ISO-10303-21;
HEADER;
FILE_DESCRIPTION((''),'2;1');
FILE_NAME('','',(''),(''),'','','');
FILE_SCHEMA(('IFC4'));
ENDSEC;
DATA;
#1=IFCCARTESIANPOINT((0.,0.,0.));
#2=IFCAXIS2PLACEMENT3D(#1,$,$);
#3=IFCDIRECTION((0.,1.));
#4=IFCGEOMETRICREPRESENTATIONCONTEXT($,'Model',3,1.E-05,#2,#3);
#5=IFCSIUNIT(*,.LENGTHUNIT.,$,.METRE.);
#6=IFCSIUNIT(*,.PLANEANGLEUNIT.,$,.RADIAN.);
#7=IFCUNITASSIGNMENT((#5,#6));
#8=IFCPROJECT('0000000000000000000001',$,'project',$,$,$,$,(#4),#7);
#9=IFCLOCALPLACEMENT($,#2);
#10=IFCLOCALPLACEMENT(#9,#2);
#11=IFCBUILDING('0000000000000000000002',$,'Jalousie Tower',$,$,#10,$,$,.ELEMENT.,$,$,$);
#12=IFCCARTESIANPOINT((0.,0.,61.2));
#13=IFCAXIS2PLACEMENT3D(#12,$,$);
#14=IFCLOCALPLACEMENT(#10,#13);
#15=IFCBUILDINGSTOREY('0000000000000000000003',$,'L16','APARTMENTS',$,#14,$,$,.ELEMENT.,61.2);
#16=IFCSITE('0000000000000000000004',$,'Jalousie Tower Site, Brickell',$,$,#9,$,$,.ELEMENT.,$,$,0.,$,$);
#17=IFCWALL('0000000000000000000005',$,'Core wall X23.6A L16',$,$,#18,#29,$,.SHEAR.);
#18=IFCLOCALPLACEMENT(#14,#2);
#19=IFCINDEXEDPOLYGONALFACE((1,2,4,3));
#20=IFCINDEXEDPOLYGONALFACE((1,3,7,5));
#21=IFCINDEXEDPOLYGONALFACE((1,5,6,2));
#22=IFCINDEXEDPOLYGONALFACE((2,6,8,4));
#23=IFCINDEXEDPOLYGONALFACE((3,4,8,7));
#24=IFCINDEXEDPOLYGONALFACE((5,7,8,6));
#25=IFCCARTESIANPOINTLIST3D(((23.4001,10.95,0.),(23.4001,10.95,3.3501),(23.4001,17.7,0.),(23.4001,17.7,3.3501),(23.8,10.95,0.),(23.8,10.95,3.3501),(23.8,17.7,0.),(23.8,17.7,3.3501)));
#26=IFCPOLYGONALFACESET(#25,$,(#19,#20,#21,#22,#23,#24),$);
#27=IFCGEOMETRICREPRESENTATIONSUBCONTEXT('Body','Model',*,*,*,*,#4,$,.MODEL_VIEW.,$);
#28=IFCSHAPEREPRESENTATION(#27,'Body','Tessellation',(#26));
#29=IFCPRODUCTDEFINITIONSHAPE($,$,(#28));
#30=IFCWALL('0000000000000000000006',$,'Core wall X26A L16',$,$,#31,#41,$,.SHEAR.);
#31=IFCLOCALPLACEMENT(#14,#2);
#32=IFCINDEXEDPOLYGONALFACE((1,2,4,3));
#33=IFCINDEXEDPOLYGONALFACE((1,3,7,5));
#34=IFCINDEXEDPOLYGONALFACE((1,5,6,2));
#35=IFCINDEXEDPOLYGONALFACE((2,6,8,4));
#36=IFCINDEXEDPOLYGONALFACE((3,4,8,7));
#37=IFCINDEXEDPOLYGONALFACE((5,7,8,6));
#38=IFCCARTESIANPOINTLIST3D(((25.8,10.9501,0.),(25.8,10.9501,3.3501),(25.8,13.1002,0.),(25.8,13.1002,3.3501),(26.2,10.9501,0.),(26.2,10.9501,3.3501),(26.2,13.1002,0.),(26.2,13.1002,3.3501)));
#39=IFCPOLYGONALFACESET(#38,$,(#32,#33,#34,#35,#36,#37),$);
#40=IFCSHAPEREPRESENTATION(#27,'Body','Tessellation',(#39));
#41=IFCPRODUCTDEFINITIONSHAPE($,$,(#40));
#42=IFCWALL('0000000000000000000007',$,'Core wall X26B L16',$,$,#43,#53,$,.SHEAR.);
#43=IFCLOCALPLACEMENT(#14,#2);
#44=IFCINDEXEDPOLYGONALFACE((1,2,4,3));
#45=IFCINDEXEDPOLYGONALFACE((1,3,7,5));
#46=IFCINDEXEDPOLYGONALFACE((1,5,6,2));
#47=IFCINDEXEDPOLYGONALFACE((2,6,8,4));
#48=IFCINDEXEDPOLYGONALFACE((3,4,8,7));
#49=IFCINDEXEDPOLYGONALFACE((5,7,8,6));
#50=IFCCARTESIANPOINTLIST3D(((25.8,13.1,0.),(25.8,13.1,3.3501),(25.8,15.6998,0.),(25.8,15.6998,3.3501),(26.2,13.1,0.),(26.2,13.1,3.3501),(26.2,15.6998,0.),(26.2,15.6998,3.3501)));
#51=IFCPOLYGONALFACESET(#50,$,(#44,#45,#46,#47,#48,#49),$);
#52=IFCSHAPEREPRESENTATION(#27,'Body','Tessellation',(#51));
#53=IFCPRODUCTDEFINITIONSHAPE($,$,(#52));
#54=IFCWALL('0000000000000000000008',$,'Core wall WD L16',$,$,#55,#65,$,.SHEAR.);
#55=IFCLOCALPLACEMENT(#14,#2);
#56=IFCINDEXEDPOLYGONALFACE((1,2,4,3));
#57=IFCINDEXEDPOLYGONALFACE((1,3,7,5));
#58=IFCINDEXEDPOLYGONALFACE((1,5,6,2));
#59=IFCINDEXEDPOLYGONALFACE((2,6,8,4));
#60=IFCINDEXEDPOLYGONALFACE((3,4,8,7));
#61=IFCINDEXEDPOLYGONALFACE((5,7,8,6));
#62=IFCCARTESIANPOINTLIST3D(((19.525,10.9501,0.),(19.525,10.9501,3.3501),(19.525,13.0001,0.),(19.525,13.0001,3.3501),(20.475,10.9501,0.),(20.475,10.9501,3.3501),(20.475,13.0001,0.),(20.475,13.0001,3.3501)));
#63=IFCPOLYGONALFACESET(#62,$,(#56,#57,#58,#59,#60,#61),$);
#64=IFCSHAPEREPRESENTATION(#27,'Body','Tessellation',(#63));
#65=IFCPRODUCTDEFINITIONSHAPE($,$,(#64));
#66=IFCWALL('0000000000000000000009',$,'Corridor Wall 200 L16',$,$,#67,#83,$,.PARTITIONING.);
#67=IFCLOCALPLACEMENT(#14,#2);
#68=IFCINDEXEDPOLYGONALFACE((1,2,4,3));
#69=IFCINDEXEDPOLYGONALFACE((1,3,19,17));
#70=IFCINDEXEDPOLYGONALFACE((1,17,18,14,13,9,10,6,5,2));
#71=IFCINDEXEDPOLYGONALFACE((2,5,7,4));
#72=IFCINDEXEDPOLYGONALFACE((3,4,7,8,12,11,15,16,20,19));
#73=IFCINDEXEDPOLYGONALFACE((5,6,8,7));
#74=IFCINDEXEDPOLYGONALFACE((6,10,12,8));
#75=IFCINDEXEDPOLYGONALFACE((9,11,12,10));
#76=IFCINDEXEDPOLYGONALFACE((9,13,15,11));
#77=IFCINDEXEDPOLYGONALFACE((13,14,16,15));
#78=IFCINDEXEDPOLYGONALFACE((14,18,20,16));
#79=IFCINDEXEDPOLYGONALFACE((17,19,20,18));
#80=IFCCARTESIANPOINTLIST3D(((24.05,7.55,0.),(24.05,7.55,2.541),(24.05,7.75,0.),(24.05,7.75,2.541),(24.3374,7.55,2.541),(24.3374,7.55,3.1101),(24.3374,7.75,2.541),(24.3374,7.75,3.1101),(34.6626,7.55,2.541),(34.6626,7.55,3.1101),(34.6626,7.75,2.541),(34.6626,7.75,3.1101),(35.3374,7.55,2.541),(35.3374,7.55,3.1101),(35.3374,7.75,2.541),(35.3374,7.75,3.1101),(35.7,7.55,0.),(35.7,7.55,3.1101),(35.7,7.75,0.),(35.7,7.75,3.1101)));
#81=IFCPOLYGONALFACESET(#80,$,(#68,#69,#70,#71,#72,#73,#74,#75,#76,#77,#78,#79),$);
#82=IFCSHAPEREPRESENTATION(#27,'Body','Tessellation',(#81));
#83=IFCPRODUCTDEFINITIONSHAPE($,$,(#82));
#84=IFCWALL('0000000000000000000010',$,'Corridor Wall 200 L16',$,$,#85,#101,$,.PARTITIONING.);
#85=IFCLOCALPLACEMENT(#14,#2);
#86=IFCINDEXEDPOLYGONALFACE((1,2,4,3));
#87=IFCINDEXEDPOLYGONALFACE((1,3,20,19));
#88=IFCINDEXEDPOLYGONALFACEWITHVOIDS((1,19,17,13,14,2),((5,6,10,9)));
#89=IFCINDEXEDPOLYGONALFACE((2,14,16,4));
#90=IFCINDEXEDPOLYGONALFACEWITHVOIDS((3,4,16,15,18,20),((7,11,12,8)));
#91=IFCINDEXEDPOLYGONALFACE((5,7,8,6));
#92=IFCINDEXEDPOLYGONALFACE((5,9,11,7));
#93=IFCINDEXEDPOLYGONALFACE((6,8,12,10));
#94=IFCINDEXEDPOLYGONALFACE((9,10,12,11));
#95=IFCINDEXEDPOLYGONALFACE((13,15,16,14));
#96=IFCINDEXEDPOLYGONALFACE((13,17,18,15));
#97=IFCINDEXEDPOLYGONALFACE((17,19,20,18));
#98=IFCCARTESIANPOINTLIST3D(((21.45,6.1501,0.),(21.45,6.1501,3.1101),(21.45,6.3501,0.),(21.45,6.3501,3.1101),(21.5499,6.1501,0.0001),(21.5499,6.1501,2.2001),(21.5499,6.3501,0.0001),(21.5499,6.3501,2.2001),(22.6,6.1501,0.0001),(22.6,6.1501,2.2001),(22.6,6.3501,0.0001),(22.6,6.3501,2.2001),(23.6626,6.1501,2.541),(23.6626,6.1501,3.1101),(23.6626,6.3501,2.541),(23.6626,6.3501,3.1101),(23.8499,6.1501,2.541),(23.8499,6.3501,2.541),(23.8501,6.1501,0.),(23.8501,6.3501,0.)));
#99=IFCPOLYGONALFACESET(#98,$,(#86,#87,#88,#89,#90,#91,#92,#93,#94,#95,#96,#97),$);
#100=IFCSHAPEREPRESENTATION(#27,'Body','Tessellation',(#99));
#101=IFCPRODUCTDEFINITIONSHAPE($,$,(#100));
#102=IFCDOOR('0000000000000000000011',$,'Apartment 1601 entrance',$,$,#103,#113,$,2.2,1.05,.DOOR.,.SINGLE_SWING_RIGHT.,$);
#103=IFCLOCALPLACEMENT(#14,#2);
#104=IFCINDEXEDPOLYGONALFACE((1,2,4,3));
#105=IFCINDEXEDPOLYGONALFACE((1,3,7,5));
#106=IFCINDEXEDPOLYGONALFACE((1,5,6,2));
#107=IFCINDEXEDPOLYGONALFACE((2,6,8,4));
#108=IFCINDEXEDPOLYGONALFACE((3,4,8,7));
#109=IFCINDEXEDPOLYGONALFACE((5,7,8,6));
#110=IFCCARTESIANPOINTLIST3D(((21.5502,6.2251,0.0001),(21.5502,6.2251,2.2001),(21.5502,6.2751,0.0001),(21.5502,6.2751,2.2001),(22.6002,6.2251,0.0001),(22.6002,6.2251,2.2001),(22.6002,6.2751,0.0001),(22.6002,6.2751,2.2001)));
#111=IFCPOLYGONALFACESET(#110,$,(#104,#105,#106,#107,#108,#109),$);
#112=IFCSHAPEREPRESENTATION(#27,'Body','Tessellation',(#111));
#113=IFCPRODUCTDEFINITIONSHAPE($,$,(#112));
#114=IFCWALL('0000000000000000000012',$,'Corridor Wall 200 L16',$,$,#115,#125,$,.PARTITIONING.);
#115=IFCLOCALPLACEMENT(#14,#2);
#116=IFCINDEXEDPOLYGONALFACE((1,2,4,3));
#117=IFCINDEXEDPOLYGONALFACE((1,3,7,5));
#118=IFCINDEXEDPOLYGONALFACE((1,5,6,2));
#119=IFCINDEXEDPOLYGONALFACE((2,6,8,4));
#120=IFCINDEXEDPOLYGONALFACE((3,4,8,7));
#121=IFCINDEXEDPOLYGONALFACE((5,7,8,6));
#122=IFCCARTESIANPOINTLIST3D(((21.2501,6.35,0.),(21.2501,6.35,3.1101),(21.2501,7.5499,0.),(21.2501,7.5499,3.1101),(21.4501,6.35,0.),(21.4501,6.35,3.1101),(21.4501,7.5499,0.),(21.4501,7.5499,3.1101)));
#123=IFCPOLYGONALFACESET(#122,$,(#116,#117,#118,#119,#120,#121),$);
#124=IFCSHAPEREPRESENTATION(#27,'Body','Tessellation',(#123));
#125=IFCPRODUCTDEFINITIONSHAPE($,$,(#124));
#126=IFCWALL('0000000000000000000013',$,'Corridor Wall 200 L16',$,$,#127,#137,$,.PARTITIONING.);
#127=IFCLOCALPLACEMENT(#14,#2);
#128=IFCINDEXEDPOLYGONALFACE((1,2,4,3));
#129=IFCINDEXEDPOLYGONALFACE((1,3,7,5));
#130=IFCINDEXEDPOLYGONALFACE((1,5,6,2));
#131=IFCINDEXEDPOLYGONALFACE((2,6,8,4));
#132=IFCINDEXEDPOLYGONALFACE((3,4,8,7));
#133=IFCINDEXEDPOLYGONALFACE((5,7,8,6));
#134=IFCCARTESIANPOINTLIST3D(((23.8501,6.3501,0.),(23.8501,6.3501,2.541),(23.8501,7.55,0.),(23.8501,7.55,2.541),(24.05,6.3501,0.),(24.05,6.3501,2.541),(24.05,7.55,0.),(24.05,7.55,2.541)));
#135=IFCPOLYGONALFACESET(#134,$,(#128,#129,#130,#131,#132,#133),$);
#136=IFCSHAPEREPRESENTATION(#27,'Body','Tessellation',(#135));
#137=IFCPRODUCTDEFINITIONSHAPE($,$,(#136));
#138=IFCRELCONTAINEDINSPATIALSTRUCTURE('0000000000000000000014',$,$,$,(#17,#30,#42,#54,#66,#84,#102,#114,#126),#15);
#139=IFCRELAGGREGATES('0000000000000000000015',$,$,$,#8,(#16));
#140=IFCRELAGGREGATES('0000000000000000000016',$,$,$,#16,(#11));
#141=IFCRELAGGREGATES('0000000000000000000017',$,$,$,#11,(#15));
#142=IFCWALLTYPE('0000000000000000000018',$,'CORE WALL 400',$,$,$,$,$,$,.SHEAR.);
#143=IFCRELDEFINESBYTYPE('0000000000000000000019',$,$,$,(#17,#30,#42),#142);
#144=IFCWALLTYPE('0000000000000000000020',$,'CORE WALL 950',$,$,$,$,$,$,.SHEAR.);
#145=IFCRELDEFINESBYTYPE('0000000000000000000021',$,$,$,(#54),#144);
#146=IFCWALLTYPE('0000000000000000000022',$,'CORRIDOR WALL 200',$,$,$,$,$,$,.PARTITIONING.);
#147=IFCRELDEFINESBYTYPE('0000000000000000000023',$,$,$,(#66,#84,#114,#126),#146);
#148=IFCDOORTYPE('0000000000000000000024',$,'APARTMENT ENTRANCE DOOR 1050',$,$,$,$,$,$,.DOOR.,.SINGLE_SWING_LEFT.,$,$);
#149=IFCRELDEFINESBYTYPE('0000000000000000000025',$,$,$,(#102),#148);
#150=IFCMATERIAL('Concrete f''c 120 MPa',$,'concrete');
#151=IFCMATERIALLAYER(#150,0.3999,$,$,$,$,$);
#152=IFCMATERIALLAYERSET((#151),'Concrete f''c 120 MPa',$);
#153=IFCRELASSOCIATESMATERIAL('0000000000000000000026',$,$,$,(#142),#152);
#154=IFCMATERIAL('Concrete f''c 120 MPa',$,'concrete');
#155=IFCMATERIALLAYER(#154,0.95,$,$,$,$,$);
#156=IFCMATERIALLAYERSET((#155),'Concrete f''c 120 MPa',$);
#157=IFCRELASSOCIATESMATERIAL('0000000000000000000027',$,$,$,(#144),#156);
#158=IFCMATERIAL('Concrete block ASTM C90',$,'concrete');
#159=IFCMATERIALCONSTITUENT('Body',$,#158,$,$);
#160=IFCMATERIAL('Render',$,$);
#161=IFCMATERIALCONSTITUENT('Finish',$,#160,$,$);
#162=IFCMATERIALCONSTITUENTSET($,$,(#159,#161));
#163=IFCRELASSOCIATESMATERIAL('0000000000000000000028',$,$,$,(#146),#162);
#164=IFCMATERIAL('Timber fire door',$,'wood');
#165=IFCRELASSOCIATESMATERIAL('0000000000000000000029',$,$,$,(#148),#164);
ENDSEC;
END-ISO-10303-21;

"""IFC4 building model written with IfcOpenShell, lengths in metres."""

from ifc_helpers import new_model, si_unit, direction, frame, frame_2d, origin, place, context, subcontext, project, spatial, polyline, rectangle, outline, extrude, material, layer, layer_set, constituent, constituent_set, type_object, element, fill, save


model = new_model("IFC4")

# Units and contexts
model_context = context("Model", 3, precision=1e-05, world=origin(), true_north=direction((0.0, 1.0)))
body_context = subcontext(model_context, "Body", "Model", "MODEL_VIEW")
ifc_project = project(units=[si_unit("LENGTHUNIT", "METRE"), si_unit("PLANEANGLEUNIT", "RADIAN")], contexts=[model_context])

# Site, building, storey
site_placement = place(None, origin())
site = spatial("IfcSite", under=ifc_project, at=site_placement, Name="Jalousie Tower Site, Brickell", CompositionType="ELEMENT", RefElevation=0.0)
building_placement = place(site_placement, origin())
building = spatial("IfcBuilding", under=site, at=building_placement, Name="Jalousie Tower", CompositionType="ELEMENT")
storey_placement = place(building_placement, frame((0.0, 0.0, 61.2)))
storey = spatial("IfcBuildingStorey", under=building, at=storey_placement, Name="L16", Description="APARTMENTS", CompositionType="ELEMENT", Elevation=61.2)

# Walls
ifc_material_1 = material(Name="Concrete f'c 120 MPa", Category="concrete")
ifc_layer_1 = layer(ifc_material_1, 0.3999)
ifc_layer_set_1 = layer_set([ifc_layer_1], Name="Concrete f'c 120 MPa")
wall_type_1 = type_object("IfcWallType", Name="CORE WALL 400", PredefinedType="SHEAR", material=ifc_layer_set_1)
wall_1_placement = place(storey_placement, frame((23.6001, 10.95, 0.0), z_axis=(0.0, 0.0, 1.0), x_axis=(0.0, 1.0, 0.0)))
element("IfcWall", 1, at=wall_1_placement, inside=storey, type_object=wall_type_1, Name="Core wall X23.6A L16", PredefinedType="SHEAR", context=body_context, shape_type="SweptSolid", body=[
    extrude(rectangle(XDim=6.75, YDim=0.3999, at=frame_2d((3.375, 0.0))), origin(), (0.0, 0.0, 1.0), 3.3501),
])
wall_2_placement = place(storey_placement, frame((26.0, 10.95, 0.0), z_axis=(0.0, 0.0, 1.0), x_axis=(0.0, 1.0, 0.0)))
element("IfcWall", 2, at=wall_2_placement, inside=storey, type_object=wall_type_1, Name="Core wall X26A L16", PredefinedType="SHEAR", context=body_context, shape_type="SweptSolid", body=[
    extrude(rectangle(XDim=2.1501, YDim=0.3999, at=frame_2d((1.0752, 0.0))), origin(), (0.0, 0.0, 1.0), 3.3501),
])
wall_3_placement = place(storey_placement, frame((26.0, 13.1001, 0.0), z_axis=(0.0, 0.0, 1.0), x_axis=(0.0, 1.0, 0.0)))
element("IfcWall", 3, at=wall_3_placement, inside=storey, type_object=wall_type_1, Name="Core wall X26B L16", PredefinedType="SHEAR", context=body_context, shape_type="SweptSolid", body=[
    extrude(rectangle(XDim=2.5999, YDim=0.3999, at=frame_2d((1.2998, 0.0))), origin(), (0.0, 0.0, 1.0), 3.3501),
])
ifc_material_2 = material(Name="Concrete f'c 120 MPa", Category="concrete")
ifc_layer_2 = layer(ifc_material_2, 0.95)
ifc_layer_set_2 = layer_set([ifc_layer_2], Name="Concrete f'c 120 MPa")
wall_type_2 = type_object("IfcWallType", Name="CORE WALL 950", PredefinedType="SHEAR", material=ifc_layer_set_2)
wall_4_placement = place(storey_placement, frame((20.0, 13.0, 0.0), z_axis=(0.0, 0.0, 1.0), x_axis=(0.0, -1.0, 0.0)))
element("IfcWall", 4, at=wall_4_placement, inside=storey, type_object=wall_type_2, Name="Core wall WD L16", PredefinedType="SHEAR", context=body_context, shape_type="SweptSolid", body=[
    extrude(rectangle(XDim=2.05, YDim=0.95, at=frame_2d((1.0249, 0.0))), origin(), (0.0, 0.0, 1.0), 3.3501),
])
ifc_material_3 = material(Name="Concrete block ASTM C90", Category="concrete")
ifc_constituent_1 = constituent(ifc_material_3, Name="Body")
ifc_material_4 = material(Name="Render")
ifc_constituent_2 = constituent(ifc_material_4, Name="Finish")
ifc_constituent_set_1 = constituent_set(constituents=[ifc_constituent_1, ifc_constituent_2])
wall_type_3 = type_object("IfcWallType", Name="CORRIDOR WALL 200", PredefinedType="PARTITIONING", material=ifc_constituent_set_1)
wall_5_placement = place(storey_placement, frame((24.05, 7.6499, 0.0), z_axis=(0.0, 0.0, 1.0), x_axis=(1.0, 0.0, 0.0)))
element("IfcWall", 5, at=wall_5_placement, inside=storey, type_object=wall_type_3, Name="Corridor Wall 200 L16", PredefinedType="PARTITIONING", context=body_context, shape_type="SweptSolid", body=[
    extrude(outline(polyline([(0.0, 0.0), (11.6499, 0.0), (11.6499, 3.1101), (11.2874, 3.1101), (11.2874, 2.541), (10.6125, 2.541), (10.6125, 3.1101), (0.2874, 3.1101), (0.2874, 2.541), (0.0, 2.541), (0.0, 3.1101), (0.0, 0.0)])), frame((0.0, 0.1001, 0.0), z_axis=(0.0, -1.0, 0.0), x_axis=(1.0, 0.0, 0.0)), (0.0, 0.0, 1.0), 0.2),
])

# Wall, opening, door
wall_6_placement = place(storey_placement, frame((21.45, 6.25, 0.0), z_axis=(0.0, 0.0, 1.0), x_axis=(1.0, 0.0, 0.0)))
wall_6 = element("IfcWall", 6, at=wall_6_placement, inside=storey, type_object=wall_type_3, Name="Corridor Wall 200 L16", PredefinedType="PARTITIONING", context=body_context, shape_type="SweptSolid", body=[
    extrude(outline(polyline([(0.0, 0.0), (2.4001, 0.0), (2.3999, 3.1101), (2.3999, 2.541), (2.2126, 2.541), (2.2126, 3.1101), (0.0, 3.1101), (0.0, 0.0)])), frame((0.0, 0.1001, 0.0), z_axis=(0.0, -1.0, 0.0), x_axis=(1.0, 0.0, 0.0)), (0.0, 0.0, 1.0), 0.2),
])
opening_1_placement = place(wall_6_placement, frame((0.1001, 0.0, 0.0)))
opening_1 = element("IfcOpeningElement", 7, at=opening_1_placement, cuts=wall_6, PredefinedType="OPENING", context=body_context, shape_type="SweptSolid", body=[
    extrude(rectangle(XDim=1.05, YDim=2.2, at=frame_2d((0.5249, 1.1001))), frame((0.0, 0.1099, 0.0), z_axis=(0.0, -1.0, 0.0), x_axis=(1.0, 0.0, 0.0)), (0.0, 0.0, 1.0), 0.22),
])
ifc_material_5 = material(Name="Timber fire door", Category="wood")
door_type_1 = type_object("IfcDoorType", Name="APARTMENT ENTRANCE DOOR 1050", OperationType="SINGLE_SWING_LEFT", PredefinedType="DOOR", material=ifc_material_5)
door_1_placement = place(opening_1_placement, frame((1.05, 0.0, 0.0), z_axis=(0.0, 0.0, 1.0), x_axis=(-1.0, 0.0, 0.0)))
door_1 = element("IfcDoor", 8, at=door_1_placement, inside=storey, type_object=door_type_1, Name="Apartment 1601 entrance", OperationType="SINGLE_SWING_RIGHT", OverallHeight=2.2, OverallWidth=1.05, PredefinedType="DOOR", context=body_context, shape_type="SweptSolid", body=[
    extrude(rectangle(XDim=1.05, YDim=2.2, at=frame_2d((0.5249, 1.1001))), frame((0.0, 0.0249, 0.0), z_axis=(0.0, -1.0, 0.0), x_axis=(1.0, 0.0, 0.0)), (0.0, 0.0, 1.0), 0.05),
])
fill(opening_1, door_1)

# Walls
wall_7_placement = place(storey_placement, frame((21.3501, 7.55, 0.0), z_axis=(0.0, 0.0, 1.0), x_axis=(0.0, -1.0, 0.0)))
element("IfcWall", 9, at=wall_7_placement, inside=storey, type_object=wall_type_3, Name="Corridor Wall 200 L16", PredefinedType="PARTITIONING", context=body_context, shape_type="SweptSolid", body=[
    extrude(rectangle(XDim=1.2, YDim=0.2, at=frame_2d((0.6001, 0.0))), origin(), (0.0, 0.0, 1.0), 3.1101),
])
wall_8_placement = place(storey_placement, frame((23.95, 7.55, 0.0), z_axis=(0.0, 0.0, 1.0), x_axis=(0.0, -1.0, 0.0)))
element("IfcWall", 10, at=wall_8_placement, inside=storey, type_object=wall_type_3, Name="Corridor Wall 200 L16", PredefinedType="PARTITIONING", context=body_context, shape_type="SweptSolid", body=[
    extrude(outline(polyline([(0.0, 0.0), (1.2, 0.0), (1.2, 3.1101), (1.2, 2.541), (0.0, 2.541), (0.0, 3.1101), (0.0, 0.0)])), frame((0.0, 0.1001, 0.0), z_axis=(0.0, -1.0, 0.0), x_axis=(1.0, 0.0, 0.0)), (0.0, 0.0, 1.0), 0.2),
])

save(model, "model.ifc")
